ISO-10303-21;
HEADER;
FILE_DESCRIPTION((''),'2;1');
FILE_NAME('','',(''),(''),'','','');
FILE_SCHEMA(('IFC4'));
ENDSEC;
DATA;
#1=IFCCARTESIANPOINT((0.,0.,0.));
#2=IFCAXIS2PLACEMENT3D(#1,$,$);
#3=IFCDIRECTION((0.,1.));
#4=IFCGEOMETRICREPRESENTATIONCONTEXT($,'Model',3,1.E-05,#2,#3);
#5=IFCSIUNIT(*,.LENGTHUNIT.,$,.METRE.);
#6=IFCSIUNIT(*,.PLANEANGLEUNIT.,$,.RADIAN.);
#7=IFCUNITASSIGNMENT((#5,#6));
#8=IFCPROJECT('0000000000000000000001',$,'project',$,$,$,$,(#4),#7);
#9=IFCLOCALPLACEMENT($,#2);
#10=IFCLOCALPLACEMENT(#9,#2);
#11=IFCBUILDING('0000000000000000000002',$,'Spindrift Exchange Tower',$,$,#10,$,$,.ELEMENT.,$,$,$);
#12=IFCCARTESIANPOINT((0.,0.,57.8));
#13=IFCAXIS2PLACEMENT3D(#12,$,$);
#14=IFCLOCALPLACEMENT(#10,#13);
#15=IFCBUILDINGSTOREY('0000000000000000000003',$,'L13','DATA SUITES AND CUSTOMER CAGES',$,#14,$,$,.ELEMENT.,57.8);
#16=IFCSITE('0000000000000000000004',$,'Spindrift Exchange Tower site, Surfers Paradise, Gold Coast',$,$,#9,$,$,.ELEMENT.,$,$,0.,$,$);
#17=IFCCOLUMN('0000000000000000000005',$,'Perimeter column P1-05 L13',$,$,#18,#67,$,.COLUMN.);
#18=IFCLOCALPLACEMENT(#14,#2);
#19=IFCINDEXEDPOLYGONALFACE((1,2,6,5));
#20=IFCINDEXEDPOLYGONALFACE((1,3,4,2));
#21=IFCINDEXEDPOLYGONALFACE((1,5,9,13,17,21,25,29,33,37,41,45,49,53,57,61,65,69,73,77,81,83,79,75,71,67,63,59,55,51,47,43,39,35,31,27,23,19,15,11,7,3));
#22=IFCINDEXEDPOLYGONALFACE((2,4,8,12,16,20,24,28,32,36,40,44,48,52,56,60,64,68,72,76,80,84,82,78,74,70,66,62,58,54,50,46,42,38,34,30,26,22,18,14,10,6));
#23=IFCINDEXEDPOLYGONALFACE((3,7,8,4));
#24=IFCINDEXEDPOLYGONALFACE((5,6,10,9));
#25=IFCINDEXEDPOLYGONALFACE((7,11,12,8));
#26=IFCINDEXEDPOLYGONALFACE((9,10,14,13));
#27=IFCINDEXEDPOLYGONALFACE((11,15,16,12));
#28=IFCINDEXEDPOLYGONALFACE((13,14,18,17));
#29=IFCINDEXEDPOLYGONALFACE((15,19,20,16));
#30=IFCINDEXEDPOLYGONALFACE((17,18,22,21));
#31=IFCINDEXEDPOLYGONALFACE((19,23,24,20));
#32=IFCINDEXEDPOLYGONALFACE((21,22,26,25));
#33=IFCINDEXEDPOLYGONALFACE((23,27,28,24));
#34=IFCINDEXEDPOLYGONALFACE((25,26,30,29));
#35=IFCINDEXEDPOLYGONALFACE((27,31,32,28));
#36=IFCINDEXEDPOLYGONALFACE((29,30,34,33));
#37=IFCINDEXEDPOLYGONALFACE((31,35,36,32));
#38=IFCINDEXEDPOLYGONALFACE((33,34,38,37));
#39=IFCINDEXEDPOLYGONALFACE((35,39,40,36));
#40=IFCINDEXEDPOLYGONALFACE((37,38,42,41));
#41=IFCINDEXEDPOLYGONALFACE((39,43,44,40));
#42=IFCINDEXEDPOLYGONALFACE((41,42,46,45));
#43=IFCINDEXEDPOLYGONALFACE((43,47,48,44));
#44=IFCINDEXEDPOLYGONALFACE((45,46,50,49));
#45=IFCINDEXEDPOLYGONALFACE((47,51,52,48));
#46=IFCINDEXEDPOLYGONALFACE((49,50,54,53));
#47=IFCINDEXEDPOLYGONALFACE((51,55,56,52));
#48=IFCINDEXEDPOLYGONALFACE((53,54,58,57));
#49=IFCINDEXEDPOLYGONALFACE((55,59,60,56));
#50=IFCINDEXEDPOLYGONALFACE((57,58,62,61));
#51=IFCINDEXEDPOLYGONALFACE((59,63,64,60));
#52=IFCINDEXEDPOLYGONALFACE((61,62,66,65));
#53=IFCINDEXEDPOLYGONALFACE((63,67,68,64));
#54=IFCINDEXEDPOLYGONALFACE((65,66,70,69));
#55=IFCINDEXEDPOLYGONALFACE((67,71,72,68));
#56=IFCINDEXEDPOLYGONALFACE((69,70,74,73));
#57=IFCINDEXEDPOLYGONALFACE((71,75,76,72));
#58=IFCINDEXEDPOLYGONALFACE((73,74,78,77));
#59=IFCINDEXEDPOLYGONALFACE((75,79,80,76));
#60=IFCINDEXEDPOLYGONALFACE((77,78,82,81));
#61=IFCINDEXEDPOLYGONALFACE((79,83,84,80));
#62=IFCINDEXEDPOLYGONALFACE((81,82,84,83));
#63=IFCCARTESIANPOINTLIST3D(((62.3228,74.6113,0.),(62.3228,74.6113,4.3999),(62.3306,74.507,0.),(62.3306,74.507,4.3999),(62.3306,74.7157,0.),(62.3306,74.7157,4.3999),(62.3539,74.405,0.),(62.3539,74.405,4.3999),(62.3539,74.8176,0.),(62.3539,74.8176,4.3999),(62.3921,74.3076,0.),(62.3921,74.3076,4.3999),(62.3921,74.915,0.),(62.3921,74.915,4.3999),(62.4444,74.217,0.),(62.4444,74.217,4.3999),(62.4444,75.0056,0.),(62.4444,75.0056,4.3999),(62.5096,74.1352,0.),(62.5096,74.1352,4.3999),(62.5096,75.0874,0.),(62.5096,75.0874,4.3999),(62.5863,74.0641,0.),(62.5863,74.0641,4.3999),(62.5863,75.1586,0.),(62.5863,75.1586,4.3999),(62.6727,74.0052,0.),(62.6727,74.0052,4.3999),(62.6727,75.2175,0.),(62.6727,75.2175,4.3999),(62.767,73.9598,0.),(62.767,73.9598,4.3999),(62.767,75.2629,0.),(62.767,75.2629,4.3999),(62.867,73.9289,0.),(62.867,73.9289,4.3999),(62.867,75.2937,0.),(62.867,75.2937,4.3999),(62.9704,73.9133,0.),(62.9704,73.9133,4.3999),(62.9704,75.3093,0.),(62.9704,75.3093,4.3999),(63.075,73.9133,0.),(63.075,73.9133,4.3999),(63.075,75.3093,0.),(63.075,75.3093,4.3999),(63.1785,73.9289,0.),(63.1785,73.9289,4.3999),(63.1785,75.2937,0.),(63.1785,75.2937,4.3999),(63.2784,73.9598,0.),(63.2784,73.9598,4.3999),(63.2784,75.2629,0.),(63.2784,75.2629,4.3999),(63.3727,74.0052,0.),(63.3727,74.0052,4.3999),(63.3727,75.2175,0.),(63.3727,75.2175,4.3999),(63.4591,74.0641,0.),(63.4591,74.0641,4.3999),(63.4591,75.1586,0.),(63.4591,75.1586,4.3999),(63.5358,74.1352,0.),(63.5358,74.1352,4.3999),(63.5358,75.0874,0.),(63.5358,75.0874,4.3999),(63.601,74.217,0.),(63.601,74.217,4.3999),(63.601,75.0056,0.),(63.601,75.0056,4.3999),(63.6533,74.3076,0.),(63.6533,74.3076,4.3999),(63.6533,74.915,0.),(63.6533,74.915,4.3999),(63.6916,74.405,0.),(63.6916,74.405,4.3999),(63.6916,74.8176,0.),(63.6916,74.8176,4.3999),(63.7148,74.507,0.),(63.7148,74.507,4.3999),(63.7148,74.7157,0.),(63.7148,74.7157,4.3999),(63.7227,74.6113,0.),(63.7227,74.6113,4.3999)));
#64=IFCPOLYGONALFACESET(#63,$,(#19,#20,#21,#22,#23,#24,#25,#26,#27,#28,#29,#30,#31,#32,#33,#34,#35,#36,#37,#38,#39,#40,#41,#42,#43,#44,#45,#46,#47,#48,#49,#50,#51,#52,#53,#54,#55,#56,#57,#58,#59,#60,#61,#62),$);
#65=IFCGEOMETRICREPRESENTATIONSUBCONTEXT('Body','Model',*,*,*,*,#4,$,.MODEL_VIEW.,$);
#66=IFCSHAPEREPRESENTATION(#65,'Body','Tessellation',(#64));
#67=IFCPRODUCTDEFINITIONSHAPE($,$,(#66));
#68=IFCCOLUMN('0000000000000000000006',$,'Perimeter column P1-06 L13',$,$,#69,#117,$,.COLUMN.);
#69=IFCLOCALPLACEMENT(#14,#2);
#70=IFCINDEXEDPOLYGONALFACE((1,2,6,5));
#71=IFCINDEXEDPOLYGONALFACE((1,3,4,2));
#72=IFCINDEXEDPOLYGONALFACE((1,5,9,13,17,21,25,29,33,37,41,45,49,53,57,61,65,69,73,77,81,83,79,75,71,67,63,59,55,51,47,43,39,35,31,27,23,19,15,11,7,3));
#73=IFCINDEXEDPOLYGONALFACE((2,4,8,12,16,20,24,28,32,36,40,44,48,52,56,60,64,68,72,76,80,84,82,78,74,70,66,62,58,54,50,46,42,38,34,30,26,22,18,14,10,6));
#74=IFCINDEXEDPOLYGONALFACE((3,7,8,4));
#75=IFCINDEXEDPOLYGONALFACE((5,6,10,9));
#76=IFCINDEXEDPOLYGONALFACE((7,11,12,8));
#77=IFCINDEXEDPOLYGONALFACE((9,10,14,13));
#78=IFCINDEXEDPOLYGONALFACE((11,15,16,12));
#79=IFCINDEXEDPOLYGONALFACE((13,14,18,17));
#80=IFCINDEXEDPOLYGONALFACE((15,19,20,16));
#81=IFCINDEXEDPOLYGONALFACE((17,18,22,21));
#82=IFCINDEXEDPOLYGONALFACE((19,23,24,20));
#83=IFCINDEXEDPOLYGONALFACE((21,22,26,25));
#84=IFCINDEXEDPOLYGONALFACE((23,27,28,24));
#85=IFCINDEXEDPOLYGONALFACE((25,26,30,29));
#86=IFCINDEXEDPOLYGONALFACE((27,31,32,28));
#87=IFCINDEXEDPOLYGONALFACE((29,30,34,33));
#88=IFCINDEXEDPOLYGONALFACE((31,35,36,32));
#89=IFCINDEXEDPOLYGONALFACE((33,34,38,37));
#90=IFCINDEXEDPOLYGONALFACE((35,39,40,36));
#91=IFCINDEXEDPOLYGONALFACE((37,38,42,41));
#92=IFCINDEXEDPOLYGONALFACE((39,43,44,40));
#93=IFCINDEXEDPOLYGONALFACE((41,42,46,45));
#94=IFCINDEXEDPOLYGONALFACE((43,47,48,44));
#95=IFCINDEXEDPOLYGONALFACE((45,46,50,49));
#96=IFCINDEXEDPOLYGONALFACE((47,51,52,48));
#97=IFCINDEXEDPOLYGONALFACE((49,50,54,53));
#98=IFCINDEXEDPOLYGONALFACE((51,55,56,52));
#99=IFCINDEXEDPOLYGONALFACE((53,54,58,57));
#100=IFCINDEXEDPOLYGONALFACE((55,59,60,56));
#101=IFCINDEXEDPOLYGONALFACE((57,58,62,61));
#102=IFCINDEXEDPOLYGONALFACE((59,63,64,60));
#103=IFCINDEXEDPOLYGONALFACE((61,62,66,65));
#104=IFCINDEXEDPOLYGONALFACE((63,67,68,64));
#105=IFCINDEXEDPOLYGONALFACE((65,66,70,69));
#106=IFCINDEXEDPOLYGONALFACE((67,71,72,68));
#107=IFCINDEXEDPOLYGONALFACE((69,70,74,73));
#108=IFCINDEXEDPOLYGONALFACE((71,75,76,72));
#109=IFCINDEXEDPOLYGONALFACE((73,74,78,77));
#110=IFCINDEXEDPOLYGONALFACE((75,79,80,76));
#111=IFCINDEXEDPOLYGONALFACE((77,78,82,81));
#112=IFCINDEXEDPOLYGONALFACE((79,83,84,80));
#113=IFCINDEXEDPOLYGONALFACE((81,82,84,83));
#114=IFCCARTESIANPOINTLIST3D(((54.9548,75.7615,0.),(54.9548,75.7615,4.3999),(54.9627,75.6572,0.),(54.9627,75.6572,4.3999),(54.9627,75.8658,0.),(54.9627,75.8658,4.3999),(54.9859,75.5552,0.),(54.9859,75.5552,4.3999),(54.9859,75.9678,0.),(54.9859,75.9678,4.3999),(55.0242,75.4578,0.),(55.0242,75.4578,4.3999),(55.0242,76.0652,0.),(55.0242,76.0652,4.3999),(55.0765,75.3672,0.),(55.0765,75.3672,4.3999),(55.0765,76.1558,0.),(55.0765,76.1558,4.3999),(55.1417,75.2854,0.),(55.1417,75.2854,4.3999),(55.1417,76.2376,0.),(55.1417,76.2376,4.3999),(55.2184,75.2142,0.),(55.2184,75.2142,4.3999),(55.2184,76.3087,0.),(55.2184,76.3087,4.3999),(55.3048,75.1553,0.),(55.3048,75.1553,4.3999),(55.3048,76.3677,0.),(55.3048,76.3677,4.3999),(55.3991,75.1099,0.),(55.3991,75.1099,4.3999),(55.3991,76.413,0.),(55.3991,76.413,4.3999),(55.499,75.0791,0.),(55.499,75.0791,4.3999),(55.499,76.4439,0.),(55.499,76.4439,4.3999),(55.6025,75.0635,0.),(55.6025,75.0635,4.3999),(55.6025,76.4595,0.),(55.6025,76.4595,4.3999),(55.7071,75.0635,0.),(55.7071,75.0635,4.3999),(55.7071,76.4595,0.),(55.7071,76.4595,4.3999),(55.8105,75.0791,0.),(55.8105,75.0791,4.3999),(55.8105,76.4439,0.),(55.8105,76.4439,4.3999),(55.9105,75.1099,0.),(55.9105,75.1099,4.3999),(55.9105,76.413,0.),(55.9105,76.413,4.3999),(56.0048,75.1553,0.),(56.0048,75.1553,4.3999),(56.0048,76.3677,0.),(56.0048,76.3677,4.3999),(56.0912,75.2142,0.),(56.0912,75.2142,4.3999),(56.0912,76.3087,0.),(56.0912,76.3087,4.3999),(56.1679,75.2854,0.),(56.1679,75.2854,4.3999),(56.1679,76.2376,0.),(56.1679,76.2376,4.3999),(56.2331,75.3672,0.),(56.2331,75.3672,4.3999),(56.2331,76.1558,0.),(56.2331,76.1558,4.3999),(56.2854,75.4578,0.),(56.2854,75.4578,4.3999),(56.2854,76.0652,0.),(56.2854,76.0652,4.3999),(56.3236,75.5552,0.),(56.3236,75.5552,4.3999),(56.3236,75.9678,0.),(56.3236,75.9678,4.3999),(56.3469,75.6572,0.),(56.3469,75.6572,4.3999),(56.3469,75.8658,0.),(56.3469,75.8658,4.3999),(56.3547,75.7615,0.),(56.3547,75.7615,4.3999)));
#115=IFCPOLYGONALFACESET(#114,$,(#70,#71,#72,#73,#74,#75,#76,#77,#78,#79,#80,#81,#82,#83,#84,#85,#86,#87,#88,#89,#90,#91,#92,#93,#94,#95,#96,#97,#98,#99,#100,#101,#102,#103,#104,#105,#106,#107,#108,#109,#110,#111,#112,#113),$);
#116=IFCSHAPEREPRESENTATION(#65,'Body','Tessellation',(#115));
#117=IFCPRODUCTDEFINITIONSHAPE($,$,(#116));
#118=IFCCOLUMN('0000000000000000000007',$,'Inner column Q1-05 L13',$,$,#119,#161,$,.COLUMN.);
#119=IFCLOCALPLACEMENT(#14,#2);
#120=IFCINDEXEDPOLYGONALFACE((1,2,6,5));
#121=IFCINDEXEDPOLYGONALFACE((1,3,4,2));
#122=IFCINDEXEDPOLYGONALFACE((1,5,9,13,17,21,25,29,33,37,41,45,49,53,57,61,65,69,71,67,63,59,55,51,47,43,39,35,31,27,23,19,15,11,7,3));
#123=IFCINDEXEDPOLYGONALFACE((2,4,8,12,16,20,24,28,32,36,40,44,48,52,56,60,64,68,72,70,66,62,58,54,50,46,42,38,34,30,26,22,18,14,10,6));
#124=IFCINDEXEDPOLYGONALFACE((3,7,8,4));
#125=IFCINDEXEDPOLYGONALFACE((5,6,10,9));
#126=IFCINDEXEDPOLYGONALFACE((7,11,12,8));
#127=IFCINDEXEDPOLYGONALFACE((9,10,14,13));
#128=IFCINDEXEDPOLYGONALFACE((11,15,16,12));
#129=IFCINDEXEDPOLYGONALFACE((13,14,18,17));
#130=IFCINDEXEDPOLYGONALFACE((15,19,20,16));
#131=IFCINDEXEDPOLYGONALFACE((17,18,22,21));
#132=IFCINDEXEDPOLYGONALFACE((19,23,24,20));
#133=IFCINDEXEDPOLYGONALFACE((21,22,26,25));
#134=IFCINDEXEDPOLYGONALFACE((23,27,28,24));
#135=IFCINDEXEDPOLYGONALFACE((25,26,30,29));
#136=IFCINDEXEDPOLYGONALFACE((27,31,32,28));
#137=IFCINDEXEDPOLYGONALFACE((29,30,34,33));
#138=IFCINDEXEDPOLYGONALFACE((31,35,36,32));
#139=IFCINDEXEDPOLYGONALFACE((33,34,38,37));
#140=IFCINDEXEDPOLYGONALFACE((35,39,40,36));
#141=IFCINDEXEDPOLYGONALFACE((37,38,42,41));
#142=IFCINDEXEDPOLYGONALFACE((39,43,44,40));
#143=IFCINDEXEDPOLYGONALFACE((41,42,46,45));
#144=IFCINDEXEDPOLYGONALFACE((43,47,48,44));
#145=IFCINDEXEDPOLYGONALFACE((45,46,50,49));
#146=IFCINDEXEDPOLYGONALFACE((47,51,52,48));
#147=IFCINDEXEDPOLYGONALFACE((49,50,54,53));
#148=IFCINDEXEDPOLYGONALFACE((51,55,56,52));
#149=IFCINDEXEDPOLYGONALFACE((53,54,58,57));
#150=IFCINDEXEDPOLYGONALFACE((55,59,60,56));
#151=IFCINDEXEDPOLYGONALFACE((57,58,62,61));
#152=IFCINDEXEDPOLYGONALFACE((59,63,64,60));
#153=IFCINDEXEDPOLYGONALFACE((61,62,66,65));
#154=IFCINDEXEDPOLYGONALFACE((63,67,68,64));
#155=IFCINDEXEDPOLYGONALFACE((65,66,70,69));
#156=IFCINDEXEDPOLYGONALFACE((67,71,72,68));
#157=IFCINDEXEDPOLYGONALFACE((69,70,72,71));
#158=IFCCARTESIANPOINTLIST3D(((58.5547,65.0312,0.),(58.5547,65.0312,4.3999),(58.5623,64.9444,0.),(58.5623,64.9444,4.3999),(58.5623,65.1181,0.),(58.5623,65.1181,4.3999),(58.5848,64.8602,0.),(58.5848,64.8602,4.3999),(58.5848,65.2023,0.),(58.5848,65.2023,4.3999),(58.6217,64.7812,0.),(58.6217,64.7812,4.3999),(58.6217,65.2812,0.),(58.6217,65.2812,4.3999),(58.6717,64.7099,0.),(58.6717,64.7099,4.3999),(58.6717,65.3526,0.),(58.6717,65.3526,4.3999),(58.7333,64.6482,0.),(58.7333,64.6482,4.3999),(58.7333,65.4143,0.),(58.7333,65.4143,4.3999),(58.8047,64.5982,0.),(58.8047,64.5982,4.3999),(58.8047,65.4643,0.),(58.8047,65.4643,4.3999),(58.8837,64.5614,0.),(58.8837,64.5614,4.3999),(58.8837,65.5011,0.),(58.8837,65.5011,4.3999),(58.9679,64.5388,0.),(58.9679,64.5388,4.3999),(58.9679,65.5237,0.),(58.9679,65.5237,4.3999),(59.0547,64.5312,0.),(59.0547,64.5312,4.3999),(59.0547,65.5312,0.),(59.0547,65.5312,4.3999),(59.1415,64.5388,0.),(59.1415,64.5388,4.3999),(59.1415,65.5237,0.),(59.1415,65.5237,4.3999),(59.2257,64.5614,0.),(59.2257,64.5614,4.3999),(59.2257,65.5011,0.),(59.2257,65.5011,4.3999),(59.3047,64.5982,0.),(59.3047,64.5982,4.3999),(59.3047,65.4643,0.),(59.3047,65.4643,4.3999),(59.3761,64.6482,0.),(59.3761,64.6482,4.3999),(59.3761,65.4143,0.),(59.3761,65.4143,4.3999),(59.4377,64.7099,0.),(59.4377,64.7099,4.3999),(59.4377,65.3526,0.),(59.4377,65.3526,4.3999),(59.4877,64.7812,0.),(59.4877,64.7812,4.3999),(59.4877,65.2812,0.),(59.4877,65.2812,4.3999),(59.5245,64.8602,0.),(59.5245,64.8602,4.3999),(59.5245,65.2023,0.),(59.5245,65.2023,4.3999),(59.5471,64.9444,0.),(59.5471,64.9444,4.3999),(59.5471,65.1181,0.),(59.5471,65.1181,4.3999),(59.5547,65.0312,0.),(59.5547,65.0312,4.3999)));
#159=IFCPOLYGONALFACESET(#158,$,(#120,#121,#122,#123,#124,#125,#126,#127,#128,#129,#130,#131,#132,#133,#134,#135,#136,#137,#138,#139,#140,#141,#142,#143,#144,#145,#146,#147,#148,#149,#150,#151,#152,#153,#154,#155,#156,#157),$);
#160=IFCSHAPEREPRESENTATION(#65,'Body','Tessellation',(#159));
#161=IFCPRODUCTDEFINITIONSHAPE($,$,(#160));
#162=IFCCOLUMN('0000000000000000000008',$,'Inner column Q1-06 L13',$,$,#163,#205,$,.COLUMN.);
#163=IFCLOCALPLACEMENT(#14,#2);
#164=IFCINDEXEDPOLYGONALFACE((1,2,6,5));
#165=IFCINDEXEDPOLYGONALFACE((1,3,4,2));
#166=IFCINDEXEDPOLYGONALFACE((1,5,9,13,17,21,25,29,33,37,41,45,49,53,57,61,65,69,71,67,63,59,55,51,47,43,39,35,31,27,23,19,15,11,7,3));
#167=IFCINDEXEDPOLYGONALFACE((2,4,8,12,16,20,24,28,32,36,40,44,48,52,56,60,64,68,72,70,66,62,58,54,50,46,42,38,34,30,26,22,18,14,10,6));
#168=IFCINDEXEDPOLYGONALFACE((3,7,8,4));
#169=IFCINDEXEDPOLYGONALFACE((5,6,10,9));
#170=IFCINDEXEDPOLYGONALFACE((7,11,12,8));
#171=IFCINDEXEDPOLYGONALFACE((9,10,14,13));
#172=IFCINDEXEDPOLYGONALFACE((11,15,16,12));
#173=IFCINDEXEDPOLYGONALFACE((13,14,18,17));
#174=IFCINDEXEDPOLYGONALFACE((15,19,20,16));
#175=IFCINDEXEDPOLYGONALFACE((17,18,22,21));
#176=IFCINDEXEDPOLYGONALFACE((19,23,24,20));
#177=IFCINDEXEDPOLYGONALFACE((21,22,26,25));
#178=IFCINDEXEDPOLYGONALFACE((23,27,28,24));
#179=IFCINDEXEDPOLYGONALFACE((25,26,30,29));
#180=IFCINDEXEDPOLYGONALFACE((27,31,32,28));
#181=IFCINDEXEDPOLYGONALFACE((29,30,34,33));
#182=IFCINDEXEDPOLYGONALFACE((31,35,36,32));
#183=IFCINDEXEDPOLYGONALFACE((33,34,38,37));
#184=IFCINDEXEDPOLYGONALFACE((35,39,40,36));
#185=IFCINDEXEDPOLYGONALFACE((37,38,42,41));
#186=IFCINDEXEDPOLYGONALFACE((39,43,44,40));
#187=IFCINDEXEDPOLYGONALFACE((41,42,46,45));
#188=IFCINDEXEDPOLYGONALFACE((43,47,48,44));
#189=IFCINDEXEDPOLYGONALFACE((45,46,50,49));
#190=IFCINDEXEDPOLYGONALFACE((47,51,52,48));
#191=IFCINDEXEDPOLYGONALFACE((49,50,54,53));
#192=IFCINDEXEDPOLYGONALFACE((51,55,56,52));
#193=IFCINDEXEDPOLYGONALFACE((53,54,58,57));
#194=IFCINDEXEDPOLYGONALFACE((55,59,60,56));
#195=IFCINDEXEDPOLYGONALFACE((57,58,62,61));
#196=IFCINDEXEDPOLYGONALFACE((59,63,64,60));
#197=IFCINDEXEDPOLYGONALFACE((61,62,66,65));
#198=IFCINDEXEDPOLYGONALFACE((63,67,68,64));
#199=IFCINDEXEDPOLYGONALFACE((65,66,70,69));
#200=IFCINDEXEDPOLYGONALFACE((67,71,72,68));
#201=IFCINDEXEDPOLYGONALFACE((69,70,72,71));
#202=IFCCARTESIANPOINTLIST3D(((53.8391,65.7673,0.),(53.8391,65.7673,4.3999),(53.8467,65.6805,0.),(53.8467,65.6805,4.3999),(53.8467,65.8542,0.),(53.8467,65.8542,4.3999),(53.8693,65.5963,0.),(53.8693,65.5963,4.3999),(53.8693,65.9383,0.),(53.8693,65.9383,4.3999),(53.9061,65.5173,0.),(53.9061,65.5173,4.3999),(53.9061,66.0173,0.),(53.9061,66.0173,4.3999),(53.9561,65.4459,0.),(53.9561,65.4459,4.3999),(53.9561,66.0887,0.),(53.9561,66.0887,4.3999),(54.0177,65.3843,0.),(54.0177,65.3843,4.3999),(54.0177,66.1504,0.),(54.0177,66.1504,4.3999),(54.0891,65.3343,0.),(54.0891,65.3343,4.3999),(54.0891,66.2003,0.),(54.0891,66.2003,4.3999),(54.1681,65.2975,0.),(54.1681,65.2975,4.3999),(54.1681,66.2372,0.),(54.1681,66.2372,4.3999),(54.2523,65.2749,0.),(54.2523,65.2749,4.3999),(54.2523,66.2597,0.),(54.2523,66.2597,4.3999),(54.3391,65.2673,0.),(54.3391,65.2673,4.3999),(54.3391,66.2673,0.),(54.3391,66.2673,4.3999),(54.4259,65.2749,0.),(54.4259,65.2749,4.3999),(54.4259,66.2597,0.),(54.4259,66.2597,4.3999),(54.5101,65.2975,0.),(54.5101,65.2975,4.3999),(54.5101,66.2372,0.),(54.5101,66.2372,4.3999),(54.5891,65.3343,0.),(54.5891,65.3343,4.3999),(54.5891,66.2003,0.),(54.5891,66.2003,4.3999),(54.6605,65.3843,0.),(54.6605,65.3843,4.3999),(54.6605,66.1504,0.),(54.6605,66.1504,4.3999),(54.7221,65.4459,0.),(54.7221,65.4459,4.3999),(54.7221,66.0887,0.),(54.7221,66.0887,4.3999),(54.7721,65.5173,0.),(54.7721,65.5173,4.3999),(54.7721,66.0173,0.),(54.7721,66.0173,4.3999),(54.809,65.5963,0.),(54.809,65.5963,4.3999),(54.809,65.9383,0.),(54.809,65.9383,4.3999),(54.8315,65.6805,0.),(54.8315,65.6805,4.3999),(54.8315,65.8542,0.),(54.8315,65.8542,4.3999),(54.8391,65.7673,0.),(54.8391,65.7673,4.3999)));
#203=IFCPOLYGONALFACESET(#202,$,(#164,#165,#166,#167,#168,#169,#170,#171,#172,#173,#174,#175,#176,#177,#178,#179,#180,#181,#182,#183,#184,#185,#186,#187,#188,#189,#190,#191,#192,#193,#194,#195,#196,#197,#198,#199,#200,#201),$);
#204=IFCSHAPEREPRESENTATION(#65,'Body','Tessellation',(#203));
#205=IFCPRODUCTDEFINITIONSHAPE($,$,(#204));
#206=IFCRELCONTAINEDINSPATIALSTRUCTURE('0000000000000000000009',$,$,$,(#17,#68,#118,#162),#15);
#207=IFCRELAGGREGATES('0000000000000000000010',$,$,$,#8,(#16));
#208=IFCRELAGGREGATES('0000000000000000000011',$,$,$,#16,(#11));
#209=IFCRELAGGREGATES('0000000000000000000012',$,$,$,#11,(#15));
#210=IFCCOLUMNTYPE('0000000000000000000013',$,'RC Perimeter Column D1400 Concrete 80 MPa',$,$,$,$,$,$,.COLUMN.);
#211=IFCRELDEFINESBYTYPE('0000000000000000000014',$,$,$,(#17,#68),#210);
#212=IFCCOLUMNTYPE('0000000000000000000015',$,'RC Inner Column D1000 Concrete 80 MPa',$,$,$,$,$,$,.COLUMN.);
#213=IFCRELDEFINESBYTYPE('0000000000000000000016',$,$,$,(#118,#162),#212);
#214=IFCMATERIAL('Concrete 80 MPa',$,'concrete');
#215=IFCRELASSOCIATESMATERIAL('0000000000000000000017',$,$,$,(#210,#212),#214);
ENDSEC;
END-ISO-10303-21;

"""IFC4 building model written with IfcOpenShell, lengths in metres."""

from ifc_helpers import new_model, si_unit, direction, frame, origin, origin_2d, place, context, subcontext, project, spatial, circle, extrude, source, transform, mapped, material, material_profile, profile_set, type_object, element, save


model = new_model("IFC4")

# Units and contexts
model_context = context("Model", 3, precision=1e-05, world=origin(), true_north=direction((0.0, 1.0)))
body_context = subcontext(model_context, "Body", "Model", "MODEL_VIEW")
ifc_project = project(units=[si_unit("LENGTHUNIT", "METRE"), si_unit("PLANEANGLEUNIT", "RADIAN")], contexts=[model_context])

# Site, building, storey
site_placement = place(None, origin())
site = spatial("IfcSite", under=ifc_project, at=site_placement, Name="Spindrift Exchange Tower site, Surfers Paradise, Gold Coast", CompositionType="ELEMENT", RefElevation=0.0)
building_placement = place(site_placement, origin())
building = spatial("IfcBuilding", under=site, at=building_placement, Name="Spindrift Exchange Tower", CompositionType="ELEMENT")
storey_placement = place(building_placement, frame((0.0, 0.0, 57.8)))
storey = spatial("IfcBuildingStorey", under=building, at=storey_placement, Name="L13", Description="DATA SUITES AND CUSTOMER CAGES", CompositionType="ELEMENT", Elevation=57.8)

# Columns
ifc_material_1 = material(Name="Concrete 80 MPa", Category="concrete")
ifc_material_profile_1 = material_profile(ifc_material_1, circle(Radius=0.7, at=origin_2d()), Name="RC D1400")
ifc_profile_set_1 = profile_set([ifc_material_profile_1], Name="Concrete 80 MPa")
column_type_1 = type_object("IfcColumnType", Name="RC Perimeter Column D1400 Concrete 80 MPa", PredefinedType="COLUMN", material=ifc_profile_set_1)
shared_shape_1 = source(origin(), body_context, "Body", "SweptSolid", [
    extrude(circle(Radius=0.7, at=origin_2d()), origin(), (0.0, 0.0, 1.0), 4.3999),
])
for number, where, z_axis, x_axis, name in (
    (1, (63.0227, 74.6113, 0.0), (0.0, 0.0, 1.0), (1.0, 0.0, 0.0), "Perimeter column P1-05 L13"),
    (2, (55.6548, 75.7615, 0.0), (0.0, 0.0, 1.0), (1.0, 0.0, 0.0), "Perimeter column P1-06 L13"),
):
    element("IfcColumn", number, at=place(storey_placement, frame(where, z_axis=z_axis, x_axis=x_axis)), inside=storey, type_object=column_type_1, Name=name, PredefinedType="COLUMN", context=body_context, shape_type="MappedRepresentation", body=[
        mapped(shared_shape_1, transform((0.0, 0.0, 0.0), scale=1.0)),
    ])
ifc_material_profile_2 = material_profile(ifc_material_1, circle(Radius=0.5, at=origin_2d()), Name="RC D1000")
ifc_profile_set_2 = profile_set([ifc_material_profile_2], Name="Concrete 80 MPa")
column_type_2 = type_object("IfcColumnType", Name="RC Inner Column D1000 Concrete 80 MPa", PredefinedType="COLUMN", material=ifc_profile_set_2)
shared_shape_2 = source(origin(), body_context, "Body", "SweptSolid", [
    extrude(circle(Radius=0.5, at=origin_2d()), origin(), (0.0, 0.0, 1.0), 4.3999),
])
for number, where, z_axis, x_axis, name in (
    (3, (59.0547, 65.0312, 0.0), (0.0, 0.0, 1.0), (1.0, 0.0, 0.0), "Inner column Q1-05 L13"),
    (4, (54.3391, 65.7673, 0.0), (0.0, 0.0, 1.0), (1.0, 0.0, 0.0), "Inner column Q1-06 L13"),
):
    element("IfcColumn", number, at=place(storey_placement, frame(where, z_axis=z_axis, x_axis=x_axis)), inside=storey, type_object=column_type_2, Name=name, PredefinedType="COLUMN", context=body_context, shape_type="MappedRepresentation", body=[
        mapped(shared_shape_2, transform((0.0, 0.0, 0.0), scale=1.0)),
    ])

save(model, "model.ifc")
